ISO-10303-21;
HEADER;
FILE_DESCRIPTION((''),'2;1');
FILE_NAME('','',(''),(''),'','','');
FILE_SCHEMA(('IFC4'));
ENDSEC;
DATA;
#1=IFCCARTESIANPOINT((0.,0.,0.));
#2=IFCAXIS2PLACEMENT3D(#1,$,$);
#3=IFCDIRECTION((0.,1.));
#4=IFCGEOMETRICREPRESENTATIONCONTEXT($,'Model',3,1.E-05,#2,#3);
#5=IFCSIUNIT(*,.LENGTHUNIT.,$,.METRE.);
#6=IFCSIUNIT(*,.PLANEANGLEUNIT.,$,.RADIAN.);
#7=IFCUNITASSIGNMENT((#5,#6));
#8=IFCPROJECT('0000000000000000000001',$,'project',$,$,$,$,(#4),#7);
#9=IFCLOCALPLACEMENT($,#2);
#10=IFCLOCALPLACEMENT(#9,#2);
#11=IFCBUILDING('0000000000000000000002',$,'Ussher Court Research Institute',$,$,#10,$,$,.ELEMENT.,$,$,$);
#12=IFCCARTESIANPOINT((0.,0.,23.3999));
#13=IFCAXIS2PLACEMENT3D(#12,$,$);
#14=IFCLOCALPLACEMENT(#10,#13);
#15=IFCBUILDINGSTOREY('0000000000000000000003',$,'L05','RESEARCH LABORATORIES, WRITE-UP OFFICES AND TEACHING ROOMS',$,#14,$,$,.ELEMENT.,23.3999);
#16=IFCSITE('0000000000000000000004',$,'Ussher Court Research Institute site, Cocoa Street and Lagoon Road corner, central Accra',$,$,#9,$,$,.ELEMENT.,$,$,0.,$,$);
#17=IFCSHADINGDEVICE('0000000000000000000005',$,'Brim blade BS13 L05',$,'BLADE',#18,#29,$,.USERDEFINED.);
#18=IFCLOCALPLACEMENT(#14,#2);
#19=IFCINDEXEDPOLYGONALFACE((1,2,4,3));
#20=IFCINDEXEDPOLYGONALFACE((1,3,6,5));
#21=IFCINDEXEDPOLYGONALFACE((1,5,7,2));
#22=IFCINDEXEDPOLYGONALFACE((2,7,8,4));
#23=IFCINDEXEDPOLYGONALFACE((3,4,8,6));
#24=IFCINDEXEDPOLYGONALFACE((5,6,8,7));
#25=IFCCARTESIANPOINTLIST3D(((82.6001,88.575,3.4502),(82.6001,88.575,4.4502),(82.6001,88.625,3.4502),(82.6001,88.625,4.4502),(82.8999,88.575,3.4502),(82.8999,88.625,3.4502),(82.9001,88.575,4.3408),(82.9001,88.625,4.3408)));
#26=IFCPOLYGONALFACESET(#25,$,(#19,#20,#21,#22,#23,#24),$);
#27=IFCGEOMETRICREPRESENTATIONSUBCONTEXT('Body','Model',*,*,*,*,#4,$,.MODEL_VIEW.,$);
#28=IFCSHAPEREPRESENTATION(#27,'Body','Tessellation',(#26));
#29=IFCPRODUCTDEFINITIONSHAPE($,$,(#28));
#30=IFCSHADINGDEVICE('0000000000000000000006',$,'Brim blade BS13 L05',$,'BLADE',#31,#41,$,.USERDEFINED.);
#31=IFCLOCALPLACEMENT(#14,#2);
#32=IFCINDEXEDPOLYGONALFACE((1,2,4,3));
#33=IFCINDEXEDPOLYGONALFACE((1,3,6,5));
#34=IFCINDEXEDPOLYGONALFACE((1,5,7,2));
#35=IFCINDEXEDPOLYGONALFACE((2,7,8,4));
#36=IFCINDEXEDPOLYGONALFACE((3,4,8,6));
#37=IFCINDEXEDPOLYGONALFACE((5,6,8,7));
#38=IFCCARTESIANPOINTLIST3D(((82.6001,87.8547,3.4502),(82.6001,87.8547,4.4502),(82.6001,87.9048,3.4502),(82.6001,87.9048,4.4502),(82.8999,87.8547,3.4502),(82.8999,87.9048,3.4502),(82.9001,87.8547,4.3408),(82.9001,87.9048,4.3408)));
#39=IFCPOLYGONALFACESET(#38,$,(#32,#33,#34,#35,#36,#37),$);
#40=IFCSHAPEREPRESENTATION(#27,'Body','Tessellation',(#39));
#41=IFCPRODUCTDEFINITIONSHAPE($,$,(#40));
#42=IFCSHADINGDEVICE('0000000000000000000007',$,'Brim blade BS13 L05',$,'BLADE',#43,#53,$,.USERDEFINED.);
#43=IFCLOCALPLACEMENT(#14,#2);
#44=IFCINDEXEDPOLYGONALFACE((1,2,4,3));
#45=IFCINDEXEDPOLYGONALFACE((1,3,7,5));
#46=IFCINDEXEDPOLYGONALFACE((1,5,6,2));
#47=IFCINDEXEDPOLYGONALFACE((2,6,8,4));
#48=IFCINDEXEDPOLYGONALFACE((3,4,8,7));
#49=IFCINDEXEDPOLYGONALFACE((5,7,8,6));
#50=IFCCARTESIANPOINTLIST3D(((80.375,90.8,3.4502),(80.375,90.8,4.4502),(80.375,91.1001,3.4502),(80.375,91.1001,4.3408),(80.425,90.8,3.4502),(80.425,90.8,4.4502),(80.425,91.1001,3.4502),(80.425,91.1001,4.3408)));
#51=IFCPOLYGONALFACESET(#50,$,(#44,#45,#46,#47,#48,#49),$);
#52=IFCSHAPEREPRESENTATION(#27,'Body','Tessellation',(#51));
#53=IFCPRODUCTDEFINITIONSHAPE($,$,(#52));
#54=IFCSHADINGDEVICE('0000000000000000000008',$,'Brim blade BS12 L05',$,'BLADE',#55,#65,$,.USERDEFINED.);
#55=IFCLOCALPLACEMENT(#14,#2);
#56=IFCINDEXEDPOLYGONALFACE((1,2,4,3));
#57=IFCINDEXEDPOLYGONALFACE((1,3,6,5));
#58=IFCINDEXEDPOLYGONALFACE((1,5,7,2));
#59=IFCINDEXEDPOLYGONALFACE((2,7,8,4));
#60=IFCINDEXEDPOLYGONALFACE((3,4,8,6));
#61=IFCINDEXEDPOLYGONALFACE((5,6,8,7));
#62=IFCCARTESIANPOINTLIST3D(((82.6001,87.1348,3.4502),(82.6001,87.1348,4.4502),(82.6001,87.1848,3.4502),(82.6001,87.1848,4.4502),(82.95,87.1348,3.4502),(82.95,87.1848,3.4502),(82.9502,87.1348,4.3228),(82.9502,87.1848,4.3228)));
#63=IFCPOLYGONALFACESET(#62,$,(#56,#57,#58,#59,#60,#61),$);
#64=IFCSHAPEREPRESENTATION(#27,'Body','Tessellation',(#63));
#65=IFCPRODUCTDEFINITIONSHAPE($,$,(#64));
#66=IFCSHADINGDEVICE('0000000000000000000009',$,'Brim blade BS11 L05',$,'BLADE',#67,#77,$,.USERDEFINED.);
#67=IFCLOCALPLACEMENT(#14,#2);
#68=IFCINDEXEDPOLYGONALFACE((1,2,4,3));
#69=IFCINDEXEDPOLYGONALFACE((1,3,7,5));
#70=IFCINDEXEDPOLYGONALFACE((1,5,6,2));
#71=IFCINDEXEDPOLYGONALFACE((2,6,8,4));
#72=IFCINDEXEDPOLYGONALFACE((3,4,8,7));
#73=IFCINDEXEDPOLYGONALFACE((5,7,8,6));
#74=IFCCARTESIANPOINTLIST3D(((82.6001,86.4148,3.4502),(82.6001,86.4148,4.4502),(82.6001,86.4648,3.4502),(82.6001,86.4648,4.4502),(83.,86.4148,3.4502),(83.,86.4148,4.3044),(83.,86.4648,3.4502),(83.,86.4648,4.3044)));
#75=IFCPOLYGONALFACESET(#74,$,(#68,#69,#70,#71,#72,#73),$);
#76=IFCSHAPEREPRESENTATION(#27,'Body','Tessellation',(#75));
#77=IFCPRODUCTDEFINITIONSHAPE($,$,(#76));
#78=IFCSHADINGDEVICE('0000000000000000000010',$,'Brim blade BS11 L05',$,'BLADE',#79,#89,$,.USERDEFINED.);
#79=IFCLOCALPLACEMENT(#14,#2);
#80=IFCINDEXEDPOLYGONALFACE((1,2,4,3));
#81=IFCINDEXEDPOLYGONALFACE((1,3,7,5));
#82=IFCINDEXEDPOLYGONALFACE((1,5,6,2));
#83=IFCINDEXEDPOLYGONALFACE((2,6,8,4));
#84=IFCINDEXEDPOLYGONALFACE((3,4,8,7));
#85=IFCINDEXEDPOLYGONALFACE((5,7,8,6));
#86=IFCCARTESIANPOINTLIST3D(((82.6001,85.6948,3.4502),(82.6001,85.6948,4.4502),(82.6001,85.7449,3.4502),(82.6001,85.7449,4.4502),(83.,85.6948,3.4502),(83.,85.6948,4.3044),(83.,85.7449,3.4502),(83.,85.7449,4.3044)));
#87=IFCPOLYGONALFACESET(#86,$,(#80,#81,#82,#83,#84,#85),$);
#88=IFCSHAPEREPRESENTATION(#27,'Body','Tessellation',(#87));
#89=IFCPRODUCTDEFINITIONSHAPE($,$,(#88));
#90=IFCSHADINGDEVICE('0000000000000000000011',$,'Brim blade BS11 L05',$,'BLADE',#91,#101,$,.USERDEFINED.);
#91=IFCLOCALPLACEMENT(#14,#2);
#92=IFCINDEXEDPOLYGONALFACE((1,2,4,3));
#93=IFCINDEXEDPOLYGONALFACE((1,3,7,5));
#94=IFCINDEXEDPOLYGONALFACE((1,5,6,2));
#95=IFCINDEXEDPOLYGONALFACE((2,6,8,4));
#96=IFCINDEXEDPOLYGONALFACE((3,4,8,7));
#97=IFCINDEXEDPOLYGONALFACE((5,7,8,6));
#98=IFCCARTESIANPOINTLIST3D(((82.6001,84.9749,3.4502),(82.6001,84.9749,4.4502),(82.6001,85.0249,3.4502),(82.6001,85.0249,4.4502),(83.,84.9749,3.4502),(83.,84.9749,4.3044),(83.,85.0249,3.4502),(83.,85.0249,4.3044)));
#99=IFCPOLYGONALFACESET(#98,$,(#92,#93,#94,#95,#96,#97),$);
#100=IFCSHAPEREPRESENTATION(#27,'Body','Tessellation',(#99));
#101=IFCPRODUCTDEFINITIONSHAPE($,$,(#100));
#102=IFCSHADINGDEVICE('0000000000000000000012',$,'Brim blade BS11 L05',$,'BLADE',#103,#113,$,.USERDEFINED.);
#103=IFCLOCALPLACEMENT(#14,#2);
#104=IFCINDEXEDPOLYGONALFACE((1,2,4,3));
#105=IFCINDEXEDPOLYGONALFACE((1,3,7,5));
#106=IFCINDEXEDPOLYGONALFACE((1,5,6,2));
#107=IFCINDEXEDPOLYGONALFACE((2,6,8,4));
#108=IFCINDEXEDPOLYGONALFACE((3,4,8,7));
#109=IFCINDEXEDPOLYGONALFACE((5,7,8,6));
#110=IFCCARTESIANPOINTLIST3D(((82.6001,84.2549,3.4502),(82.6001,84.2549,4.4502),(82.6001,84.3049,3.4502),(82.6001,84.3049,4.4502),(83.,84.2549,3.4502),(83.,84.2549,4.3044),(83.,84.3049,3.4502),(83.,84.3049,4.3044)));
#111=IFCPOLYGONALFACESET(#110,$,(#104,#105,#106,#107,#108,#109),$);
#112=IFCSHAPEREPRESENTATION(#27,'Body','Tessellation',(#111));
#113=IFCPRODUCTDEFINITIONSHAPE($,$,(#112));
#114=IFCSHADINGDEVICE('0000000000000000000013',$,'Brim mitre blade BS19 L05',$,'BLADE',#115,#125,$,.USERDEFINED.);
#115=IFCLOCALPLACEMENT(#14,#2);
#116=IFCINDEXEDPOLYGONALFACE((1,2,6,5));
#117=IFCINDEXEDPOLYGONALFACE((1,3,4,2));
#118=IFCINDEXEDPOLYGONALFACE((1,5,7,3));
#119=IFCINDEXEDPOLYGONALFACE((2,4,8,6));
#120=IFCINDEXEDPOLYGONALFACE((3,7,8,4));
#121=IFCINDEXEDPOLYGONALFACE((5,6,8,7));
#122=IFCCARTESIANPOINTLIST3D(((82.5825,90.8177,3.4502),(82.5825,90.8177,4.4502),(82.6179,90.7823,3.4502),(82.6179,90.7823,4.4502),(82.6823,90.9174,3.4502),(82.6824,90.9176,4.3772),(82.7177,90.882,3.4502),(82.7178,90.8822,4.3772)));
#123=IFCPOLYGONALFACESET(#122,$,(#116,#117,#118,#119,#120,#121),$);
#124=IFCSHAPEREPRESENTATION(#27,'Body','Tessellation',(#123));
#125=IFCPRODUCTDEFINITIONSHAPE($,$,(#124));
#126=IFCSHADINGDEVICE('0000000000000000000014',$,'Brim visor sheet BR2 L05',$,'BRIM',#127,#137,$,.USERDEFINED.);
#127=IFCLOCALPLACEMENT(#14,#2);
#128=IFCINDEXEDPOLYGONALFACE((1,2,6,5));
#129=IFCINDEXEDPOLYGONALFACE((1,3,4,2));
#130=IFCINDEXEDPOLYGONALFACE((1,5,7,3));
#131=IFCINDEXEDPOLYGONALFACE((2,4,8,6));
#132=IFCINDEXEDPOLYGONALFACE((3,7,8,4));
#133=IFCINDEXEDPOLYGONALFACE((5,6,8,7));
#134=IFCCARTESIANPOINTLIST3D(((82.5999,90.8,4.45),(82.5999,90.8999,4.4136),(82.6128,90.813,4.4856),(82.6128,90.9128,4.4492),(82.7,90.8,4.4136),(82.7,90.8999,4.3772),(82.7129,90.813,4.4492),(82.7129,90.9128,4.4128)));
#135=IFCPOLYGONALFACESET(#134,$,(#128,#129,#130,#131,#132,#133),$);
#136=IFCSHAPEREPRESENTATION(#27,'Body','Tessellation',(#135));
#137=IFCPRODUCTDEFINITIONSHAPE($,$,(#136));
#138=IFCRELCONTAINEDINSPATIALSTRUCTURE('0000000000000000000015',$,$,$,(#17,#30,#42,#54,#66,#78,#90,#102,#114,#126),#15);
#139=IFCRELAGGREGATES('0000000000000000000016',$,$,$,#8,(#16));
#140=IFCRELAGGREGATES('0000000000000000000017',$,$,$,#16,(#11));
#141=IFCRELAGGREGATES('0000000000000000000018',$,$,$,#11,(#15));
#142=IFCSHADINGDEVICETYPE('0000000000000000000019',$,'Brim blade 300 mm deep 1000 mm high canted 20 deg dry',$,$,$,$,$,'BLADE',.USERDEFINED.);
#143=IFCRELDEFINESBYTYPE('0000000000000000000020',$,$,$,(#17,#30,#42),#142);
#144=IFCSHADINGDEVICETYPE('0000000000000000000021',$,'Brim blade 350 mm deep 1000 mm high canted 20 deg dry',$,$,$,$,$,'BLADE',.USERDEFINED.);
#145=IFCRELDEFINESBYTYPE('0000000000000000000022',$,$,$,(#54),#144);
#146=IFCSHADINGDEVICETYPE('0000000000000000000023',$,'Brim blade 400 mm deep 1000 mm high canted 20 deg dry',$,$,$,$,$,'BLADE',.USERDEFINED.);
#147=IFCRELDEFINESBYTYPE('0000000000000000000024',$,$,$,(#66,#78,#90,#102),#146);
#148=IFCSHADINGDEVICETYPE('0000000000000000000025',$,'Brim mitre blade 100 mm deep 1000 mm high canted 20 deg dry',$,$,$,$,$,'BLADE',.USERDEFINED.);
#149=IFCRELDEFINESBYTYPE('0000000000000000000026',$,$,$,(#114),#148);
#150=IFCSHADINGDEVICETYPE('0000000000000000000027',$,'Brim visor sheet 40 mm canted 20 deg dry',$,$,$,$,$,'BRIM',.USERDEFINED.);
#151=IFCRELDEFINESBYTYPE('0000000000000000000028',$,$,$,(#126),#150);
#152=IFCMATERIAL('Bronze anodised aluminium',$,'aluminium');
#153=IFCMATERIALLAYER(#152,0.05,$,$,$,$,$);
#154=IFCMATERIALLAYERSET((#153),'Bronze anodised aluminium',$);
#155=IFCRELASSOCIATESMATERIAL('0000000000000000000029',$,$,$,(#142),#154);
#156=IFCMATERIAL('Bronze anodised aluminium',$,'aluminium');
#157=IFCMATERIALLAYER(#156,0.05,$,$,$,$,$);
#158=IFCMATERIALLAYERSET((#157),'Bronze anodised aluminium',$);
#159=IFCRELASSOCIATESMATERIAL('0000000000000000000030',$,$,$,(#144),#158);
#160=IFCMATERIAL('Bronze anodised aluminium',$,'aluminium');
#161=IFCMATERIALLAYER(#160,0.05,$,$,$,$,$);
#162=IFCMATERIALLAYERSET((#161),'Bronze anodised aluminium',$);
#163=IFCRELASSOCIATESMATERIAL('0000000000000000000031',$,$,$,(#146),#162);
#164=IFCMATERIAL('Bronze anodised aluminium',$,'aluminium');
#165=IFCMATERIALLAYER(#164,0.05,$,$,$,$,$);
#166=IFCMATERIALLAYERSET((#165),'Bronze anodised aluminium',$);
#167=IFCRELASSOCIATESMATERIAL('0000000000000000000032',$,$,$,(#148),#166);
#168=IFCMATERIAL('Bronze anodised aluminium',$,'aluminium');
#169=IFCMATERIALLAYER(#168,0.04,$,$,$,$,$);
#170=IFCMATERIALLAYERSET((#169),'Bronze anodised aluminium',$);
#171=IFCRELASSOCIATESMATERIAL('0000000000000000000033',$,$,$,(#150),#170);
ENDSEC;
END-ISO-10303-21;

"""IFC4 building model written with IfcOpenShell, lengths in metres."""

from ifc_helpers import new_model, si_unit, direction, frame, origin, place, context, subcontext, project, spatial, polyline, outline, extrude, material, layer, layer_set, type_object, element, save


model = new_model("IFC4")

# Units and contexts
model_context = context("Model", 3, precision=1e-05, world=origin(), true_north=direction((0.0, 1.0)))
body_context = subcontext(model_context, "Body", "Model", "MODEL_VIEW")
ifc_project = project(units=[si_unit("LENGTHUNIT", "METRE"), si_unit("PLANEANGLEUNIT", "RADIAN")], contexts=[model_context])

# Site, building, storey
site_placement = place(None, origin())
site = spatial("IfcSite", under=ifc_project, at=site_placement, Name="Ussher Court Research Institute site, Cocoa Street and Lagoon Road corner, central Accra", CompositionType="ELEMENT", RefElevation=0.0)
building_placement = place(site_placement, origin())
building = spatial("IfcBuilding", under=site, at=building_placement, Name="Ussher Court Research Institute", CompositionType="ELEMENT")
storey_placement = place(building_placement, frame((0.0, 0.0, 23.3999)))
storey = spatial("IfcBuildingStorey", under=building, at=storey_placement, Name="L05", Description="RESEARCH LABORATORIES, WRITE-UP OFFICES AND TEACHING ROOMS", CompositionType="ELEMENT", Elevation=23.3999)

# Shading devices
ifc_material_1 = material(Name="Bronze anodised aluminium", Category="aluminium")
ifc_layer_1 = layer(ifc_material_1, 0.05)
ifc_layer_set_1 = layer_set([ifc_layer_1], Name="Bronze anodised aluminium")
shading_device_type_1 = type_object("IfcShadingDeviceType", Name="Brim blade 300 mm deep 1000 mm high canted 20 deg dry", ElementType="BLADE", PredefinedType="USERDEFINED", material=ifc_layer_set_1)
for number, where, z_axis, x_axis, name in (
    (1, (82.6001, 88.6001, 3.4502), (0.0, 0.0, 1.0), (1.0, 0.0, 0.0), "Brim blade BS13 L05"),
    (2, (82.6001, 87.8799, 3.4502), (0.0, 0.0, 1.0), (1.0, 0.0, 0.0), "Brim blade BS13 L05"),
):
    element("IfcShadingDevice", number, at=place(storey_placement, frame(where, z_axis=z_axis, x_axis=x_axis)), inside=storey, type_object=shading_device_type_1, Name=name, ObjectType="BLADE", PredefinedType="USERDEFINED", context=body_context, shape_type="SweptSolid", body=[
        extrude(outline(polyline([(0.0, 0.0), (0.2998, 0.0), (0.3, 0.8906), (0.0, 1.0), (0.0, 0.0)])), frame((0.0, 0.0249, 0.0), z_axis=(0.0, -1.0, 0.0), x_axis=(1.0, 0.0, 0.0)), (0.0, 0.0, 1.0), 0.05),
    ])
shading_device_1_placement = place(storey_placement, frame((80.3999, 90.8, 3.4502), z_axis=(0.0, 0.0, 1.0), x_axis=(0.0, 1.0, 0.0)))
element("IfcShadingDevice", 3, at=shading_device_1_placement, inside=storey, type_object=shading_device_type_1, Name="Brim blade BS13 L05", ObjectType="BLADE", PredefinedType="USERDEFINED", context=body_context, shape_type="SweptSolid", body=[
    extrude(outline(polyline([(0.0, 0.0), (0.3, 0.0), (0.3, 0.8906), (0.0, 1.0), (0.0, 0.0)])), frame((0.0, 0.0249, 0.0), z_axis=(0.0, -1.0, 0.0), x_axis=(1.0, 0.0, 0.0)), (0.0, 0.0, 1.0), 0.05),
])
ifc_material_2 = material(Name="Bronze anodised aluminium", Category="aluminium")
ifc_layer_2 = layer(ifc_material_2, 0.05)
ifc_layer_set_2 = layer_set([ifc_layer_2], Name="Bronze anodised aluminium")
shading_device_type_2 = type_object("IfcShadingDeviceType", Name="Brim blade 350 mm deep 1000 mm high canted 20 deg dry", ElementType="BLADE", PredefinedType="USERDEFINED", material=ifc_layer_set_2)
shading_device_2_placement = place(storey_placement, frame((82.6001, 87.1599, 3.4502), z_axis=(0.0, 0.0, 1.0), x_axis=(1.0, 0.0, 0.0)))
element("IfcShadingDevice", 4, at=shading_device_2_placement, inside=storey, type_object=shading_device_type_2, Name="Brim blade BS12 L05", ObjectType="BLADE", PredefinedType="USERDEFINED", context=body_context, shape_type="SweptSolid", body=[
    extrude(outline(polyline([(0.0, 0.0), (0.3499, 0.0), (0.3501, 0.8726), (0.0, 1.0), (0.0, 0.0)])), frame((0.0, 0.0249, 0.0), z_axis=(0.0, -1.0, 0.0), x_axis=(1.0, 0.0, 0.0)), (0.0, 0.0, 1.0), 0.05),
])
ifc_material_3 = material(Name="Bronze anodised aluminium", Category="aluminium")
ifc_layer_3 = layer(ifc_material_3, 0.05)
ifc_layer_set_3 = layer_set([ifc_layer_3], Name="Bronze anodised aluminium")
shading_device_type_3 = type_object("IfcShadingDeviceType", Name="Brim blade 400 mm deep 1000 mm high canted 20 deg dry", ElementType="BLADE", PredefinedType="USERDEFINED", material=ifc_layer_set_3)
for number, where, z_axis, x_axis, name in (
    (5, (82.6001, 86.4399, 3.4502), (0.0, 0.0, 1.0), (1.0, 0.0, 0.0), "Brim blade BS11 L05"),
    (6, (82.6001, 85.72, 3.4502), (0.0, 0.0, 1.0), (1.0, 0.0, 0.0), "Brim blade BS11 L05"),
    (7, (82.6001, 85.0, 3.4502), (0.0, 0.0, 1.0), (1.0, 0.0, 0.0), "Brim blade BS11 L05"),
    (8, (82.6001, 84.28, 3.4502), (0.0, 0.0, 1.0), (1.0, 0.0, 0.0), "Brim blade BS11 L05"),
):
    element("IfcShadingDevice", number, at=place(storey_placement, frame(where, z_axis=z_axis, x_axis=x_axis)), inside=storey, type_object=shading_device_type_3, Name=name, ObjectType="BLADE", PredefinedType="USERDEFINED", context=body_context, shape_type="SweptSolid", body=[
        extrude(outline(polyline([(0.0, 0.0), (0.3999, 0.0), (0.3999, 0.8542), (0.0, 1.0), (0.0, 0.0)])), frame((0.0, 0.0249, 0.0), z_axis=(0.0, -1.0, 0.0), x_axis=(1.0, 0.0, 0.0)), (0.0, 0.0, 1.0), 0.05),
    ])
ifc_material_4 = material(Name="Bronze anodised aluminium", Category="aluminium")
ifc_layer_4 = layer(ifc_material_4, 0.05)
ifc_layer_set_4 = layer_set([ifc_layer_4], Name="Bronze anodised aluminium")
shading_device_type_4 = type_object("IfcShadingDeviceType", Name="Brim mitre blade 100 mm deep 1000 mm high canted 20 deg dry", ElementType="BLADE", PredefinedType="USERDEFINED", material=ifc_layer_set_4)
shading_device_3_placement = place(storey_placement, frame((82.6001, 90.8, 3.4502), z_axis=(0.0, 0.0, 1.0), x_axis=(0.707107, 0.707107, 0.0)))
element("IfcShadingDevice", 9, at=shading_device_3_placement, inside=storey, type_object=shading_device_type_4, Name="Brim mitre blade BS19 L05", ObjectType="BLADE", PredefinedType="USERDEFINED", context=body_context, shape_type="SweptSolid", body=[
    extrude(outline(polyline([(0.0, 0.0), (0.1411, 0.0), (0.1414, 0.927), (0.0, 1.0), (0.0, 0.0)])), frame((0.0, 0.0249, 0.0), z_axis=(0.0, -1.0, 0.0), x_axis=(1.0, 0.0, 0.0)), (0.0, 0.0, 1.0), 0.05),
])
ifc_material_5 = material(Name="Bronze anodised aluminium", Category="aluminium")
ifc_layer_5 = layer(ifc_material_5, 0.04)
ifc_layer_set_5 = layer_set([ifc_layer_5], Name="Bronze anodised aluminium")
shading_device_type_5 = type_object("IfcShadingDeviceType", Name="Brim visor sheet 40 mm canted 20 deg dry", ElementType="BRIM", PredefinedType="USERDEFINED", material=ifc_layer_set_5)
shading_device_4_placement = place(storey_placement, frame((82.6128, 90.813, 4.4856), z_axis=(0.323142, 0.323932, 0.889183), x_axis=(0.93986, 0.0, -0.341559)))
element("IfcShadingDevice", 10, at=shading_device_4_placement, inside=storey, type_object=shading_device_type_5, Name="Brim visor sheet BR2 L05", ObjectType="BRIM", PredefinedType="USERDEFINED", context=body_context, shape_type="SweptSolid", body=[
    extrude(outline(polyline([(0.0, 0.0), (0.1065, 0.0), (0.1189, 0.1055), (0.0124, 0.1055), (0.0, 0.0)])), origin(), (0.0, 0.0, -1.0), 0.04),
])

save(model, "model.ifc")
